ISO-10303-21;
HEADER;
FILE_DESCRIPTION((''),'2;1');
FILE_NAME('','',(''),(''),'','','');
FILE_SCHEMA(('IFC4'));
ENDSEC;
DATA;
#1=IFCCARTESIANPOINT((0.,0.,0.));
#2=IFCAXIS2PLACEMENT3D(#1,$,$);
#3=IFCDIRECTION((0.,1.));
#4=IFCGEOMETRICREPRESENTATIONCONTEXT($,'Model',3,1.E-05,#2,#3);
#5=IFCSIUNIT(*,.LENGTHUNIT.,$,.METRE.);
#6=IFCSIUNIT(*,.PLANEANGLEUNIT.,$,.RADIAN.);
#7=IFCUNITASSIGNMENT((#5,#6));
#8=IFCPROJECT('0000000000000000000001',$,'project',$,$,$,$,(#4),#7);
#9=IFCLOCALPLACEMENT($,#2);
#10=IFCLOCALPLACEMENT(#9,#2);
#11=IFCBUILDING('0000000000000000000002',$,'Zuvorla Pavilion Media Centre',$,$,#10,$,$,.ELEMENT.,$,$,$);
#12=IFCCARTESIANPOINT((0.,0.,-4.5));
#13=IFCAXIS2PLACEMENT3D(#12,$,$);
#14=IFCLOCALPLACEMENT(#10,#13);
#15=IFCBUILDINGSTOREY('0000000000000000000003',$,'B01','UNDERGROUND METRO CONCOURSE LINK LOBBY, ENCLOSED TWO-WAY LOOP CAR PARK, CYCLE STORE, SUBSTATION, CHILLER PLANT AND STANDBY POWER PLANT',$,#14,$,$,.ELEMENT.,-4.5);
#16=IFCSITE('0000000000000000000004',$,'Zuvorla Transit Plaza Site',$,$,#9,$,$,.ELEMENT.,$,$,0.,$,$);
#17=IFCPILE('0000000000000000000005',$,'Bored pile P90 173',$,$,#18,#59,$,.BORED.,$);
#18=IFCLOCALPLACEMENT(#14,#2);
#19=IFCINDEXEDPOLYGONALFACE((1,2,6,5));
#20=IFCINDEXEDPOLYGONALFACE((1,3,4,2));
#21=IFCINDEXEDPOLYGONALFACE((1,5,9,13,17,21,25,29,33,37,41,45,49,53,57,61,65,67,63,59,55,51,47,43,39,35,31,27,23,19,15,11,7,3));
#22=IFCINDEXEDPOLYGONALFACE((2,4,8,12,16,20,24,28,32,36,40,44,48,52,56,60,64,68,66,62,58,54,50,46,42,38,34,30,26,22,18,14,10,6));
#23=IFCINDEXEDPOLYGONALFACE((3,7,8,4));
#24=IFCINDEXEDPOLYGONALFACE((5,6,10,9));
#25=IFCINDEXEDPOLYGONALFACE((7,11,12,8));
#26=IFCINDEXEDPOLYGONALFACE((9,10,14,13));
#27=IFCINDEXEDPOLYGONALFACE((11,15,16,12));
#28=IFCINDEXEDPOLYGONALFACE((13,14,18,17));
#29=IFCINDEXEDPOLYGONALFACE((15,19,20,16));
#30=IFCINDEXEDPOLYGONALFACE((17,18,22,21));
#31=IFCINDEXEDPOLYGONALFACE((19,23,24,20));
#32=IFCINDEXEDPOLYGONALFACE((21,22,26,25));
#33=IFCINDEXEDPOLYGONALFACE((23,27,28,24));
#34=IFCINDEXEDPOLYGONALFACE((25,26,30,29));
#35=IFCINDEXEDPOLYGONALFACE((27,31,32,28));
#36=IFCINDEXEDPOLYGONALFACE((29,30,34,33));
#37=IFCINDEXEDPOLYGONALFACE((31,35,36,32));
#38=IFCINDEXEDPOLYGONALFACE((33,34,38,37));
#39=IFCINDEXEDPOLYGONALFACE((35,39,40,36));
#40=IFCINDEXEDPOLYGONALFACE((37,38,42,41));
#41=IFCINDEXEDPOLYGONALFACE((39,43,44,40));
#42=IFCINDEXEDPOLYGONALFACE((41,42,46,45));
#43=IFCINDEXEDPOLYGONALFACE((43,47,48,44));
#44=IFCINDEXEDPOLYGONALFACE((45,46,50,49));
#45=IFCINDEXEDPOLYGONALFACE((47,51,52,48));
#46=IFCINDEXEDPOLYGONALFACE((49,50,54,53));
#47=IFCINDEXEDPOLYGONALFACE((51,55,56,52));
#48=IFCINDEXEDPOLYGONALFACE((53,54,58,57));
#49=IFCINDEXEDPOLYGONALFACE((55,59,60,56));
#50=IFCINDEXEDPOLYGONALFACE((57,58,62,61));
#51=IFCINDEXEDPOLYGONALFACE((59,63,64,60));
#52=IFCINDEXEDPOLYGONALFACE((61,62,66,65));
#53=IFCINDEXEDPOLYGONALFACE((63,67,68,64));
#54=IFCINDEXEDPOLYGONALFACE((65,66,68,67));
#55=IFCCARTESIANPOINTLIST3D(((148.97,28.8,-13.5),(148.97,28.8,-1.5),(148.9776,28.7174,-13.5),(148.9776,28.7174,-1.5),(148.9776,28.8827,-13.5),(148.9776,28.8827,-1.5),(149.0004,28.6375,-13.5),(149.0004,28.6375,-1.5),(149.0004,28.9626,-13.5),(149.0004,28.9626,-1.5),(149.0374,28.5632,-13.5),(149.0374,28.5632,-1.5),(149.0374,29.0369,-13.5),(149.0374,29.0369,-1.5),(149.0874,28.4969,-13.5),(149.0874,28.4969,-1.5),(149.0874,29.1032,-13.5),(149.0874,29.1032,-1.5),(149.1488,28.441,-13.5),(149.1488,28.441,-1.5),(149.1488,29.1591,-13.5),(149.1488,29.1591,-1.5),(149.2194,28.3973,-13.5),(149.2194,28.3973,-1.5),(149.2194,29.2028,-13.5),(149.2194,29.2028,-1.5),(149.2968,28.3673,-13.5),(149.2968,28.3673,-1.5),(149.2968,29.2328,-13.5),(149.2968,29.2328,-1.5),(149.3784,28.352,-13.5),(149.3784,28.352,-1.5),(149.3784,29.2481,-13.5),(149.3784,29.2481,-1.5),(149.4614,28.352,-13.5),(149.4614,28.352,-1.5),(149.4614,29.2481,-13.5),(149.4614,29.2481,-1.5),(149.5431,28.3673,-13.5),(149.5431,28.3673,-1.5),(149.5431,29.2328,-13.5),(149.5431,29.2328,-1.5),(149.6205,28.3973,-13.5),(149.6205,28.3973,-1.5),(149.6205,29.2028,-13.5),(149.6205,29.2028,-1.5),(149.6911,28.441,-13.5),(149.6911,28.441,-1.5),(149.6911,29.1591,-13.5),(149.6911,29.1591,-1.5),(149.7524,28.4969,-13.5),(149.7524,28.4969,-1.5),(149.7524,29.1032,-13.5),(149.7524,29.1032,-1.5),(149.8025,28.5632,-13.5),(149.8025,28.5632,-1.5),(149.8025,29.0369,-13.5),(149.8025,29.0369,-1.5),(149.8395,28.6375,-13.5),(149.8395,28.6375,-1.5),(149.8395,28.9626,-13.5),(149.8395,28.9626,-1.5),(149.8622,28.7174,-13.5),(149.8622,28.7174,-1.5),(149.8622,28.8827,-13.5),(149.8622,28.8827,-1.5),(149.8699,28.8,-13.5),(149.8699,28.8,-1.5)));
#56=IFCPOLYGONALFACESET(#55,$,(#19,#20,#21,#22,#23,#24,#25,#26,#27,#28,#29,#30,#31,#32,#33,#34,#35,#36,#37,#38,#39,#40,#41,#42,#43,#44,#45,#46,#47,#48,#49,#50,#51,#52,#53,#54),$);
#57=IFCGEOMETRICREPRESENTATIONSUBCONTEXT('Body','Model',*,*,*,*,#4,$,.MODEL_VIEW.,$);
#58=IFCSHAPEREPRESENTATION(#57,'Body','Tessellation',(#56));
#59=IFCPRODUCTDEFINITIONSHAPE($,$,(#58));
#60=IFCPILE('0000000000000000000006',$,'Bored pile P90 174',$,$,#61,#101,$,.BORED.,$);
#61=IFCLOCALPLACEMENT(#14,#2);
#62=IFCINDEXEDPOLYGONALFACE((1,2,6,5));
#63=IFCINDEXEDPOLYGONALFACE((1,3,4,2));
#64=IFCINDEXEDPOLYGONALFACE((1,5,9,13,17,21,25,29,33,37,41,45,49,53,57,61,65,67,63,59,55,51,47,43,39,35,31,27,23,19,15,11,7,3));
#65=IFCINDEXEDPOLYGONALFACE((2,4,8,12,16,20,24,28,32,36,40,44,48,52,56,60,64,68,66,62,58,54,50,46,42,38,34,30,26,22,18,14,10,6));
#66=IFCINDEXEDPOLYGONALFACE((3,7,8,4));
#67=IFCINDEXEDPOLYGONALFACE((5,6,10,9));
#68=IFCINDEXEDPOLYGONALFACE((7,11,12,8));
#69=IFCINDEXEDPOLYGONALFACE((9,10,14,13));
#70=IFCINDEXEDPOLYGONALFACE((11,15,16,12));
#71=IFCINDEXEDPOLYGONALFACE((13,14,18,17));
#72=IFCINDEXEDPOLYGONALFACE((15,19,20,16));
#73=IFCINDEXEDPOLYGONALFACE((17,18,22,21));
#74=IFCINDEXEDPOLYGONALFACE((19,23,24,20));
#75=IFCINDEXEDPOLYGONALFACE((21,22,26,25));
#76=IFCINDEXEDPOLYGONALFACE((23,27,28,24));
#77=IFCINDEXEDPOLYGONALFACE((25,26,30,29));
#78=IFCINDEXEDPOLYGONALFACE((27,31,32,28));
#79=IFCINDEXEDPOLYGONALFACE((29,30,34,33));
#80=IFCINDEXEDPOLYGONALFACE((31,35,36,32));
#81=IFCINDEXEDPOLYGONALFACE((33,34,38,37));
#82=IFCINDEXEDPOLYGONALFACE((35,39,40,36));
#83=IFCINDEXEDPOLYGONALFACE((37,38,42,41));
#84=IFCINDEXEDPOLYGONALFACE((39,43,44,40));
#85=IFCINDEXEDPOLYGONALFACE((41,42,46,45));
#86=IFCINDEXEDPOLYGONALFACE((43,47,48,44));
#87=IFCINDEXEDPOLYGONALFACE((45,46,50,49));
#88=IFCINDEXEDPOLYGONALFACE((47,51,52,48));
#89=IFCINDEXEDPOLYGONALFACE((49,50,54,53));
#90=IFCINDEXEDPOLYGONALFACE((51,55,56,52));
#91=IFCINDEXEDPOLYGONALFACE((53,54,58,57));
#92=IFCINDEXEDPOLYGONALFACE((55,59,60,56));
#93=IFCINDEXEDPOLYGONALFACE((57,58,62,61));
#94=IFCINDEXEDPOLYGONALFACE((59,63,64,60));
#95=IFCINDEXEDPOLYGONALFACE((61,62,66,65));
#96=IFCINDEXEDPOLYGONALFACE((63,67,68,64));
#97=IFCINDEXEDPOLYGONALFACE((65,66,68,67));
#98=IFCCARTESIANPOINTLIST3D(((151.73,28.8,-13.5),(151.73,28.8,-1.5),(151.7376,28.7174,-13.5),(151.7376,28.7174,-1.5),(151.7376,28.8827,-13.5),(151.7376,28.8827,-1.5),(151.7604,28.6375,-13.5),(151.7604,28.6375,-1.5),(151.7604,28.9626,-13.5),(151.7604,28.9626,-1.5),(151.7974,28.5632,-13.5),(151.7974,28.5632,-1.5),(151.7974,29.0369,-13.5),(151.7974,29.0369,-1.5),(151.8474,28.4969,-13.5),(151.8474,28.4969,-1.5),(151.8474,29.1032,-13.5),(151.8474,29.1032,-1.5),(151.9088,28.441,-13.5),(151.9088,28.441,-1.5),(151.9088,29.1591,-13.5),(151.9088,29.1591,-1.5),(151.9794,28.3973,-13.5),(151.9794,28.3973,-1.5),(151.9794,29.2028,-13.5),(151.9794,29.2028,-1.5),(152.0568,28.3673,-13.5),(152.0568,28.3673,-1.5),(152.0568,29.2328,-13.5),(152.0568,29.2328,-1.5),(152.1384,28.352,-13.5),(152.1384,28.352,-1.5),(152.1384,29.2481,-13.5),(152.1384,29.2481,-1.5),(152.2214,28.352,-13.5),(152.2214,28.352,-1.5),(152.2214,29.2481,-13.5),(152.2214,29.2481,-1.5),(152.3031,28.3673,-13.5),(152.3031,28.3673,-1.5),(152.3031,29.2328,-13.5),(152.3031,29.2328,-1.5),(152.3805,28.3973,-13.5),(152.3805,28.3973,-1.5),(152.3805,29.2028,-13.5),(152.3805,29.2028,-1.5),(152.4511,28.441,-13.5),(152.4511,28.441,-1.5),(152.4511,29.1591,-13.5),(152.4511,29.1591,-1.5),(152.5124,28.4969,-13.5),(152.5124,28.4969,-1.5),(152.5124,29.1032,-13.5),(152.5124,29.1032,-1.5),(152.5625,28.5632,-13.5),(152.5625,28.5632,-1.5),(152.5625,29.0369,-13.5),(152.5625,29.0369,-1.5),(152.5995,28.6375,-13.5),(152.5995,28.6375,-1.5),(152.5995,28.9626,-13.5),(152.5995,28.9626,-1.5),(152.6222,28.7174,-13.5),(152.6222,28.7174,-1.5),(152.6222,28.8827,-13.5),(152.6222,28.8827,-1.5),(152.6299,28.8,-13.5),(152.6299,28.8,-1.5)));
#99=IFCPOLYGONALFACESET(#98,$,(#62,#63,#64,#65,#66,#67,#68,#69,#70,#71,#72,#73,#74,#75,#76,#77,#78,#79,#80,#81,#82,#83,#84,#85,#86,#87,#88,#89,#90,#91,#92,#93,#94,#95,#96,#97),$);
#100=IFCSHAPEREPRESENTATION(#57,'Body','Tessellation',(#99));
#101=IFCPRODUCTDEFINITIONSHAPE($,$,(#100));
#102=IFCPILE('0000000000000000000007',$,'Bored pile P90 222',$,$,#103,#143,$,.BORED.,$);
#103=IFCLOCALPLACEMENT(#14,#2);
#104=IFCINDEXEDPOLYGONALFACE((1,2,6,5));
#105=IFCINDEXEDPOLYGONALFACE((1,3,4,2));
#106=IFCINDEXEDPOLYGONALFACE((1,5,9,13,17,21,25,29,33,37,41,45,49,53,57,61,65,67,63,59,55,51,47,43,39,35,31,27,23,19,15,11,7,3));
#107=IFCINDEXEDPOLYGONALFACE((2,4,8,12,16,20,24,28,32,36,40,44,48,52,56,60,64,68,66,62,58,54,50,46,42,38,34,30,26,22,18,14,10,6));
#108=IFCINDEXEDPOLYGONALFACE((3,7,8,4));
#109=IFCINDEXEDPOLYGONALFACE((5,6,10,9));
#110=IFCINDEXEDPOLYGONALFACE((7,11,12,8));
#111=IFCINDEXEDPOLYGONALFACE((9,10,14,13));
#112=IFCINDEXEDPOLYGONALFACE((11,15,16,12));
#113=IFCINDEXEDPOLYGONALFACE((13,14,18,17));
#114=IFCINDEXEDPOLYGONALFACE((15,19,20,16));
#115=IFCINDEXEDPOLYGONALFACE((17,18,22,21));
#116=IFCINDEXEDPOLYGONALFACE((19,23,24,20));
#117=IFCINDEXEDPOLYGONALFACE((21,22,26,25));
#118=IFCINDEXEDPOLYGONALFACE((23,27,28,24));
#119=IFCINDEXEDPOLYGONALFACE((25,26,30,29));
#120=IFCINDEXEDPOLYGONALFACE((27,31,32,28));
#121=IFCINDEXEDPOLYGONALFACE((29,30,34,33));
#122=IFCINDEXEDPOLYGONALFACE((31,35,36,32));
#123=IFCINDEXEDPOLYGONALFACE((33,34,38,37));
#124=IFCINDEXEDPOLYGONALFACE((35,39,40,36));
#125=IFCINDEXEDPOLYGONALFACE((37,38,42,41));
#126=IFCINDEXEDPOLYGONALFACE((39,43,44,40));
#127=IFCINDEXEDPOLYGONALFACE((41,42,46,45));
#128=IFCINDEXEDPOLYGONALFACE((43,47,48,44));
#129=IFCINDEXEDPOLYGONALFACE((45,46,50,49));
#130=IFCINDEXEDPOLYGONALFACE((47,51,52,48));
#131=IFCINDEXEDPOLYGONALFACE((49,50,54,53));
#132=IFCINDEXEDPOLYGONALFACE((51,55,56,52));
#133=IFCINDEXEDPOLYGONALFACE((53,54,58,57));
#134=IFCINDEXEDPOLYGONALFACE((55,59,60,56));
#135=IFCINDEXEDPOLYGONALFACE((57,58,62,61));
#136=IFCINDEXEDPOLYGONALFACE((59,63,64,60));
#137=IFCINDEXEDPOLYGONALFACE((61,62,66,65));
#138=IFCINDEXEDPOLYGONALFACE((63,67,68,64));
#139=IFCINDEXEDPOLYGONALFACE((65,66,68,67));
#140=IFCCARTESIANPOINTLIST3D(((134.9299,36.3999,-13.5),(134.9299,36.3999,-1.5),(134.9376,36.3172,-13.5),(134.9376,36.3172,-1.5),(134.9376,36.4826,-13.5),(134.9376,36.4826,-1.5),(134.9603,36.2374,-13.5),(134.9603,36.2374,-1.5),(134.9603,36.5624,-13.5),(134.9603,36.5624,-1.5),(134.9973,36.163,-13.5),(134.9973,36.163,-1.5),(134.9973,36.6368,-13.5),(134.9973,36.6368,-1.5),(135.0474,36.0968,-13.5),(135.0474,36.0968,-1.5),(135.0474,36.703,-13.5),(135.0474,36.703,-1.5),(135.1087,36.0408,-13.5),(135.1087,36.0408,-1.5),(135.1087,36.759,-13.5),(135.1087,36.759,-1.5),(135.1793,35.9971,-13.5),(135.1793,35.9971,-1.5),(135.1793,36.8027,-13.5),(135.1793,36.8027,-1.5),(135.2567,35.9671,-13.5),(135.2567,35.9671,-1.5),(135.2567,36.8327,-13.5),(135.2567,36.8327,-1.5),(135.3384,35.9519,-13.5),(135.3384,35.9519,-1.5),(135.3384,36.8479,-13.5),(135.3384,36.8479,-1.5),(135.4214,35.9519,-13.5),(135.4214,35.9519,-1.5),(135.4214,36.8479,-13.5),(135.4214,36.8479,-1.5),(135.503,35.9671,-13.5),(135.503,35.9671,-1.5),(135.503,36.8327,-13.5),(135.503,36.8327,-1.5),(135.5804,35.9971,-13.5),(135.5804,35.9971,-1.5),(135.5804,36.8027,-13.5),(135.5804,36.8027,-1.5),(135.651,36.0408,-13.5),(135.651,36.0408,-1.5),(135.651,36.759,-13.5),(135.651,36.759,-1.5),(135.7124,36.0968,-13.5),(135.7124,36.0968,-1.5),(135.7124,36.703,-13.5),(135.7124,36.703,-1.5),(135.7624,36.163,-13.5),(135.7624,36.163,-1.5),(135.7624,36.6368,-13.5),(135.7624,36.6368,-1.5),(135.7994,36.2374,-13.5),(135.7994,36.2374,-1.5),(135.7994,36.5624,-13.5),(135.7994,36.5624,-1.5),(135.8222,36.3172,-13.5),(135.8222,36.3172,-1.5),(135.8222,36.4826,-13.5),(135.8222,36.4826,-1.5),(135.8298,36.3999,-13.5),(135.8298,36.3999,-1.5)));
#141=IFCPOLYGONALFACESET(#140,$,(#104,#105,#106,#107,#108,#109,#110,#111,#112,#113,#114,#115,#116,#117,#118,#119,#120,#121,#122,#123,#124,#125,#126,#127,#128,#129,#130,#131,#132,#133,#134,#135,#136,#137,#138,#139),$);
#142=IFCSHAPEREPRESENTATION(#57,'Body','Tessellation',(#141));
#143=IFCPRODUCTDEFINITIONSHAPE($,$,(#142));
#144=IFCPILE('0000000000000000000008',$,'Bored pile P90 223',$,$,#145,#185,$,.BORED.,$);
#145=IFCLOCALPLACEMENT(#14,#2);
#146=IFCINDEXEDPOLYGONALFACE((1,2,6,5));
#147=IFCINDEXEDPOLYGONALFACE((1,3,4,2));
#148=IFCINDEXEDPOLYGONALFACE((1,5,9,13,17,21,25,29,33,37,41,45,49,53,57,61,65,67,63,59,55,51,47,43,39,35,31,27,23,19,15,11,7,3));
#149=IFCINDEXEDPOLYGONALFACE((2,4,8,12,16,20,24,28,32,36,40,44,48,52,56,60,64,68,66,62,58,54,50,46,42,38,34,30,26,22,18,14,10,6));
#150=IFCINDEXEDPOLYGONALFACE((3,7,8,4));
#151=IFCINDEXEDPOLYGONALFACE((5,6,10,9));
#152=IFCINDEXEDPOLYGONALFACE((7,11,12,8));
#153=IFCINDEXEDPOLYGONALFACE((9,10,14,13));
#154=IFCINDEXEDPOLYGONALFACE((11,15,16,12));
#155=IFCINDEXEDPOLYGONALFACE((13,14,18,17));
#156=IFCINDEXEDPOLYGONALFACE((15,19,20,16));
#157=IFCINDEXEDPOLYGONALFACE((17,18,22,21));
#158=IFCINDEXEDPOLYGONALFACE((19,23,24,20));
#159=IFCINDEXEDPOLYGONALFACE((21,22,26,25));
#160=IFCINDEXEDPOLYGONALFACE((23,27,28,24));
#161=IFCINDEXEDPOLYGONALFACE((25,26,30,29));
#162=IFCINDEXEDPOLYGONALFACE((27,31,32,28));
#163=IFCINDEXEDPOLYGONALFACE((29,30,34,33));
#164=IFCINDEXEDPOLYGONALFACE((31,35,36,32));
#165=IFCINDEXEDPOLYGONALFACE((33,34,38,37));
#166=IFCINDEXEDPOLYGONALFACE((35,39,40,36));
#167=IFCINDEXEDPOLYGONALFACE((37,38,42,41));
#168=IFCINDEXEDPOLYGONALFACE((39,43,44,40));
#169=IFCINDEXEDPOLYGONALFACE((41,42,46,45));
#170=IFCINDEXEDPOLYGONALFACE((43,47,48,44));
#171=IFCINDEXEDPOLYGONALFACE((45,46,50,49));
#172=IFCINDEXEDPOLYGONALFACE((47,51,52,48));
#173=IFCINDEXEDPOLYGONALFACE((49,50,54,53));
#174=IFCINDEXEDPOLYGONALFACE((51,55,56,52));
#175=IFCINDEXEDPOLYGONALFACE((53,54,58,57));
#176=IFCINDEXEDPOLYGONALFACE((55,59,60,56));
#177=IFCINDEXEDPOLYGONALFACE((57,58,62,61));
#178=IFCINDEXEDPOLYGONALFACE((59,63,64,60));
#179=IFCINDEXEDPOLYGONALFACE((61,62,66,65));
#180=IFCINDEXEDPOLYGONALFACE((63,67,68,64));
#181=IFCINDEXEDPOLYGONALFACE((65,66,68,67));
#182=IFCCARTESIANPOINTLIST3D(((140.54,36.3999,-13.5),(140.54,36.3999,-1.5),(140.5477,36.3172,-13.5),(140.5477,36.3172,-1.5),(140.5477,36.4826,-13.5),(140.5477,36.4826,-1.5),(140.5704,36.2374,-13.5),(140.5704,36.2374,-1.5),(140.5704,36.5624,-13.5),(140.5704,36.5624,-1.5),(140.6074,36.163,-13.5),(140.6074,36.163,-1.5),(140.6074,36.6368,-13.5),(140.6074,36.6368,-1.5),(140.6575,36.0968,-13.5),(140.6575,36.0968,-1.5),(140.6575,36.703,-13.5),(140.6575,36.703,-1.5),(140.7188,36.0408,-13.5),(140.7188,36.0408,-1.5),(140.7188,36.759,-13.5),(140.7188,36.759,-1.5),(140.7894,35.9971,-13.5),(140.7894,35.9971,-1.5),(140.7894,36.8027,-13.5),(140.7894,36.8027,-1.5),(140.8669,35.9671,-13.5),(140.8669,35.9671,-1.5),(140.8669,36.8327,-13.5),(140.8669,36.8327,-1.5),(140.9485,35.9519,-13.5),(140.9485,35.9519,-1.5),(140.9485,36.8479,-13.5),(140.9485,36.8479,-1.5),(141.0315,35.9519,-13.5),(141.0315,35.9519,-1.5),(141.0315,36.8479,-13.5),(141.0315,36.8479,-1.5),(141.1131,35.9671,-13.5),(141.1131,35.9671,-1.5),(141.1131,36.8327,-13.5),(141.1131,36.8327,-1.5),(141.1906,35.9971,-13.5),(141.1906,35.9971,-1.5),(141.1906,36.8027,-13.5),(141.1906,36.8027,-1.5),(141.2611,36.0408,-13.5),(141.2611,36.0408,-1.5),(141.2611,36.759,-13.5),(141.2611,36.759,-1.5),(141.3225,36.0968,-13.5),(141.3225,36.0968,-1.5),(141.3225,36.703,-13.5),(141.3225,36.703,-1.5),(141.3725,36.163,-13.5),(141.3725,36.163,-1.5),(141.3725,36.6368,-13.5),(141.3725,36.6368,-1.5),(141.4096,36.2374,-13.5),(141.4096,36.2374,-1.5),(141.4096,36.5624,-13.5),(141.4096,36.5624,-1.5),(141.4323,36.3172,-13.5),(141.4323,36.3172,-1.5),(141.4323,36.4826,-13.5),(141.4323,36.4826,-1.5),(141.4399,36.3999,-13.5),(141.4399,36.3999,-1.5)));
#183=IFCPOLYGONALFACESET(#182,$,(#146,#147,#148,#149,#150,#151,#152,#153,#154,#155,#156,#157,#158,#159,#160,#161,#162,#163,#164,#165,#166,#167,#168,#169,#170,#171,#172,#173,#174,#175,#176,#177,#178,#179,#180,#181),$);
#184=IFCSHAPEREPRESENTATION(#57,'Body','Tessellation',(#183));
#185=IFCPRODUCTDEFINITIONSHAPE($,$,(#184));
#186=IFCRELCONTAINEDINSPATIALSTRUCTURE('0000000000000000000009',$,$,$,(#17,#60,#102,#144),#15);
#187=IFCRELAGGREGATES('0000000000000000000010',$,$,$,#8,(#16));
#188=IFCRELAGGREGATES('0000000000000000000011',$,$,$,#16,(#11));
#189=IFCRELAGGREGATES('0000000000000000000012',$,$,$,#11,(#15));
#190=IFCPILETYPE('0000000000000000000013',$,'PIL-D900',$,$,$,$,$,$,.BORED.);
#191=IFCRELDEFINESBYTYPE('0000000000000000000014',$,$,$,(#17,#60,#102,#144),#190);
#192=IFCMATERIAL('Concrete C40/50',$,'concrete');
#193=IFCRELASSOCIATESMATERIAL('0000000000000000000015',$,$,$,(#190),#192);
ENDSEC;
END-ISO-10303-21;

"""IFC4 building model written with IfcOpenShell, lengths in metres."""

from ifc_helpers import new_model, si_unit, direction, frame, origin, origin_2d, place, context, subcontext, project, spatial, circle, extrude, material, material_profile, profile_set, type_object, element, save


model = new_model("IFC4")

# Units and contexts
model_context = context("Model", 3, precision=1e-05, world=origin(), true_north=direction((0.0, 1.0)))
body_context = subcontext(model_context, "Body", "Model", "MODEL_VIEW")
ifc_project = project(units=[si_unit("LENGTHUNIT", "METRE"), si_unit("PLANEANGLEUNIT", "RADIAN")], contexts=[model_context])

# Site, building, storey
site_placement = place(None, origin())
site = spatial("IfcSite", under=ifc_project, at=site_placement, Name="Zuvorla Transit Plaza Site", CompositionType="ELEMENT", RefElevation=0.0)
building_placement = place(site_placement, origin())
building = spatial("IfcBuilding", under=site, at=building_placement, Name="Zuvorla Pavilion Media Centre", CompositionType="ELEMENT")
storey_placement = place(building_placement, frame((0.0, 0.0, -4.5)))
storey = spatial("IfcBuildingStorey", under=building, at=storey_placement, Name="B01", Description="UNDERGROUND METRO CONCOURSE LINK LOBBY, ENCLOSED TWO-WAY LOOP CAR PARK, CYCLE STORE, SUBSTATION, CHILLER PLANT AND STANDBY POWER PLANT", CompositionType="ELEMENT", Elevation=-4.5)

# Shared definitions
ifc_material = material(Name="Concrete C40/50", Category="concrete")

# Piles
ifc_material_profile_1 = material_profile(ifc_material, circle(Radius=0.45, at=origin_2d()), Name="BORED PILE 900")
ifc_profile_set_1 = profile_set([ifc_material_profile_1], Name="Concrete C40/50")
pile_type = type_object("IfcPileType", Name="PIL-D900", PredefinedType="BORED", material=ifc_profile_set_1)
for number, where, z_axis, x_axis, name in (
    (1, (149.4199, 28.8, -1.5), (0.0, 0.0, -1.0), (1.0, 0.0, 0.0), "Bored pile P90 173"),
    (2, (152.1799, 28.8, -1.5), (0.0, 0.0, -1.0), (1.0, 0.0, 0.0), "Bored pile P90 174"),
    (3, (135.3799, 36.3999, -1.5), (0.0, 0.0, -1.0), (1.0, 0.0, 0.0), "Bored pile P90 222"),
    (4, (140.99, 36.3999, -1.5), (0.0, 0.0, -1.0), (1.0, 0.0, 0.0), "Bored pile P90 223"),
):
    element("IfcPile", number, at=place(storey_placement, frame(where, z_axis=z_axis, x_axis=x_axis)), inside=storey, type_object=pile_type, Name=name, PredefinedType="BORED", context=body_context, shape_type="SweptSolid", body=[
        extrude(circle(Radius=0.45, at=origin_2d()), origin(), (0.0, 0.0, 1.0), 12.0),
    ])

save(model, "model.ifc")
